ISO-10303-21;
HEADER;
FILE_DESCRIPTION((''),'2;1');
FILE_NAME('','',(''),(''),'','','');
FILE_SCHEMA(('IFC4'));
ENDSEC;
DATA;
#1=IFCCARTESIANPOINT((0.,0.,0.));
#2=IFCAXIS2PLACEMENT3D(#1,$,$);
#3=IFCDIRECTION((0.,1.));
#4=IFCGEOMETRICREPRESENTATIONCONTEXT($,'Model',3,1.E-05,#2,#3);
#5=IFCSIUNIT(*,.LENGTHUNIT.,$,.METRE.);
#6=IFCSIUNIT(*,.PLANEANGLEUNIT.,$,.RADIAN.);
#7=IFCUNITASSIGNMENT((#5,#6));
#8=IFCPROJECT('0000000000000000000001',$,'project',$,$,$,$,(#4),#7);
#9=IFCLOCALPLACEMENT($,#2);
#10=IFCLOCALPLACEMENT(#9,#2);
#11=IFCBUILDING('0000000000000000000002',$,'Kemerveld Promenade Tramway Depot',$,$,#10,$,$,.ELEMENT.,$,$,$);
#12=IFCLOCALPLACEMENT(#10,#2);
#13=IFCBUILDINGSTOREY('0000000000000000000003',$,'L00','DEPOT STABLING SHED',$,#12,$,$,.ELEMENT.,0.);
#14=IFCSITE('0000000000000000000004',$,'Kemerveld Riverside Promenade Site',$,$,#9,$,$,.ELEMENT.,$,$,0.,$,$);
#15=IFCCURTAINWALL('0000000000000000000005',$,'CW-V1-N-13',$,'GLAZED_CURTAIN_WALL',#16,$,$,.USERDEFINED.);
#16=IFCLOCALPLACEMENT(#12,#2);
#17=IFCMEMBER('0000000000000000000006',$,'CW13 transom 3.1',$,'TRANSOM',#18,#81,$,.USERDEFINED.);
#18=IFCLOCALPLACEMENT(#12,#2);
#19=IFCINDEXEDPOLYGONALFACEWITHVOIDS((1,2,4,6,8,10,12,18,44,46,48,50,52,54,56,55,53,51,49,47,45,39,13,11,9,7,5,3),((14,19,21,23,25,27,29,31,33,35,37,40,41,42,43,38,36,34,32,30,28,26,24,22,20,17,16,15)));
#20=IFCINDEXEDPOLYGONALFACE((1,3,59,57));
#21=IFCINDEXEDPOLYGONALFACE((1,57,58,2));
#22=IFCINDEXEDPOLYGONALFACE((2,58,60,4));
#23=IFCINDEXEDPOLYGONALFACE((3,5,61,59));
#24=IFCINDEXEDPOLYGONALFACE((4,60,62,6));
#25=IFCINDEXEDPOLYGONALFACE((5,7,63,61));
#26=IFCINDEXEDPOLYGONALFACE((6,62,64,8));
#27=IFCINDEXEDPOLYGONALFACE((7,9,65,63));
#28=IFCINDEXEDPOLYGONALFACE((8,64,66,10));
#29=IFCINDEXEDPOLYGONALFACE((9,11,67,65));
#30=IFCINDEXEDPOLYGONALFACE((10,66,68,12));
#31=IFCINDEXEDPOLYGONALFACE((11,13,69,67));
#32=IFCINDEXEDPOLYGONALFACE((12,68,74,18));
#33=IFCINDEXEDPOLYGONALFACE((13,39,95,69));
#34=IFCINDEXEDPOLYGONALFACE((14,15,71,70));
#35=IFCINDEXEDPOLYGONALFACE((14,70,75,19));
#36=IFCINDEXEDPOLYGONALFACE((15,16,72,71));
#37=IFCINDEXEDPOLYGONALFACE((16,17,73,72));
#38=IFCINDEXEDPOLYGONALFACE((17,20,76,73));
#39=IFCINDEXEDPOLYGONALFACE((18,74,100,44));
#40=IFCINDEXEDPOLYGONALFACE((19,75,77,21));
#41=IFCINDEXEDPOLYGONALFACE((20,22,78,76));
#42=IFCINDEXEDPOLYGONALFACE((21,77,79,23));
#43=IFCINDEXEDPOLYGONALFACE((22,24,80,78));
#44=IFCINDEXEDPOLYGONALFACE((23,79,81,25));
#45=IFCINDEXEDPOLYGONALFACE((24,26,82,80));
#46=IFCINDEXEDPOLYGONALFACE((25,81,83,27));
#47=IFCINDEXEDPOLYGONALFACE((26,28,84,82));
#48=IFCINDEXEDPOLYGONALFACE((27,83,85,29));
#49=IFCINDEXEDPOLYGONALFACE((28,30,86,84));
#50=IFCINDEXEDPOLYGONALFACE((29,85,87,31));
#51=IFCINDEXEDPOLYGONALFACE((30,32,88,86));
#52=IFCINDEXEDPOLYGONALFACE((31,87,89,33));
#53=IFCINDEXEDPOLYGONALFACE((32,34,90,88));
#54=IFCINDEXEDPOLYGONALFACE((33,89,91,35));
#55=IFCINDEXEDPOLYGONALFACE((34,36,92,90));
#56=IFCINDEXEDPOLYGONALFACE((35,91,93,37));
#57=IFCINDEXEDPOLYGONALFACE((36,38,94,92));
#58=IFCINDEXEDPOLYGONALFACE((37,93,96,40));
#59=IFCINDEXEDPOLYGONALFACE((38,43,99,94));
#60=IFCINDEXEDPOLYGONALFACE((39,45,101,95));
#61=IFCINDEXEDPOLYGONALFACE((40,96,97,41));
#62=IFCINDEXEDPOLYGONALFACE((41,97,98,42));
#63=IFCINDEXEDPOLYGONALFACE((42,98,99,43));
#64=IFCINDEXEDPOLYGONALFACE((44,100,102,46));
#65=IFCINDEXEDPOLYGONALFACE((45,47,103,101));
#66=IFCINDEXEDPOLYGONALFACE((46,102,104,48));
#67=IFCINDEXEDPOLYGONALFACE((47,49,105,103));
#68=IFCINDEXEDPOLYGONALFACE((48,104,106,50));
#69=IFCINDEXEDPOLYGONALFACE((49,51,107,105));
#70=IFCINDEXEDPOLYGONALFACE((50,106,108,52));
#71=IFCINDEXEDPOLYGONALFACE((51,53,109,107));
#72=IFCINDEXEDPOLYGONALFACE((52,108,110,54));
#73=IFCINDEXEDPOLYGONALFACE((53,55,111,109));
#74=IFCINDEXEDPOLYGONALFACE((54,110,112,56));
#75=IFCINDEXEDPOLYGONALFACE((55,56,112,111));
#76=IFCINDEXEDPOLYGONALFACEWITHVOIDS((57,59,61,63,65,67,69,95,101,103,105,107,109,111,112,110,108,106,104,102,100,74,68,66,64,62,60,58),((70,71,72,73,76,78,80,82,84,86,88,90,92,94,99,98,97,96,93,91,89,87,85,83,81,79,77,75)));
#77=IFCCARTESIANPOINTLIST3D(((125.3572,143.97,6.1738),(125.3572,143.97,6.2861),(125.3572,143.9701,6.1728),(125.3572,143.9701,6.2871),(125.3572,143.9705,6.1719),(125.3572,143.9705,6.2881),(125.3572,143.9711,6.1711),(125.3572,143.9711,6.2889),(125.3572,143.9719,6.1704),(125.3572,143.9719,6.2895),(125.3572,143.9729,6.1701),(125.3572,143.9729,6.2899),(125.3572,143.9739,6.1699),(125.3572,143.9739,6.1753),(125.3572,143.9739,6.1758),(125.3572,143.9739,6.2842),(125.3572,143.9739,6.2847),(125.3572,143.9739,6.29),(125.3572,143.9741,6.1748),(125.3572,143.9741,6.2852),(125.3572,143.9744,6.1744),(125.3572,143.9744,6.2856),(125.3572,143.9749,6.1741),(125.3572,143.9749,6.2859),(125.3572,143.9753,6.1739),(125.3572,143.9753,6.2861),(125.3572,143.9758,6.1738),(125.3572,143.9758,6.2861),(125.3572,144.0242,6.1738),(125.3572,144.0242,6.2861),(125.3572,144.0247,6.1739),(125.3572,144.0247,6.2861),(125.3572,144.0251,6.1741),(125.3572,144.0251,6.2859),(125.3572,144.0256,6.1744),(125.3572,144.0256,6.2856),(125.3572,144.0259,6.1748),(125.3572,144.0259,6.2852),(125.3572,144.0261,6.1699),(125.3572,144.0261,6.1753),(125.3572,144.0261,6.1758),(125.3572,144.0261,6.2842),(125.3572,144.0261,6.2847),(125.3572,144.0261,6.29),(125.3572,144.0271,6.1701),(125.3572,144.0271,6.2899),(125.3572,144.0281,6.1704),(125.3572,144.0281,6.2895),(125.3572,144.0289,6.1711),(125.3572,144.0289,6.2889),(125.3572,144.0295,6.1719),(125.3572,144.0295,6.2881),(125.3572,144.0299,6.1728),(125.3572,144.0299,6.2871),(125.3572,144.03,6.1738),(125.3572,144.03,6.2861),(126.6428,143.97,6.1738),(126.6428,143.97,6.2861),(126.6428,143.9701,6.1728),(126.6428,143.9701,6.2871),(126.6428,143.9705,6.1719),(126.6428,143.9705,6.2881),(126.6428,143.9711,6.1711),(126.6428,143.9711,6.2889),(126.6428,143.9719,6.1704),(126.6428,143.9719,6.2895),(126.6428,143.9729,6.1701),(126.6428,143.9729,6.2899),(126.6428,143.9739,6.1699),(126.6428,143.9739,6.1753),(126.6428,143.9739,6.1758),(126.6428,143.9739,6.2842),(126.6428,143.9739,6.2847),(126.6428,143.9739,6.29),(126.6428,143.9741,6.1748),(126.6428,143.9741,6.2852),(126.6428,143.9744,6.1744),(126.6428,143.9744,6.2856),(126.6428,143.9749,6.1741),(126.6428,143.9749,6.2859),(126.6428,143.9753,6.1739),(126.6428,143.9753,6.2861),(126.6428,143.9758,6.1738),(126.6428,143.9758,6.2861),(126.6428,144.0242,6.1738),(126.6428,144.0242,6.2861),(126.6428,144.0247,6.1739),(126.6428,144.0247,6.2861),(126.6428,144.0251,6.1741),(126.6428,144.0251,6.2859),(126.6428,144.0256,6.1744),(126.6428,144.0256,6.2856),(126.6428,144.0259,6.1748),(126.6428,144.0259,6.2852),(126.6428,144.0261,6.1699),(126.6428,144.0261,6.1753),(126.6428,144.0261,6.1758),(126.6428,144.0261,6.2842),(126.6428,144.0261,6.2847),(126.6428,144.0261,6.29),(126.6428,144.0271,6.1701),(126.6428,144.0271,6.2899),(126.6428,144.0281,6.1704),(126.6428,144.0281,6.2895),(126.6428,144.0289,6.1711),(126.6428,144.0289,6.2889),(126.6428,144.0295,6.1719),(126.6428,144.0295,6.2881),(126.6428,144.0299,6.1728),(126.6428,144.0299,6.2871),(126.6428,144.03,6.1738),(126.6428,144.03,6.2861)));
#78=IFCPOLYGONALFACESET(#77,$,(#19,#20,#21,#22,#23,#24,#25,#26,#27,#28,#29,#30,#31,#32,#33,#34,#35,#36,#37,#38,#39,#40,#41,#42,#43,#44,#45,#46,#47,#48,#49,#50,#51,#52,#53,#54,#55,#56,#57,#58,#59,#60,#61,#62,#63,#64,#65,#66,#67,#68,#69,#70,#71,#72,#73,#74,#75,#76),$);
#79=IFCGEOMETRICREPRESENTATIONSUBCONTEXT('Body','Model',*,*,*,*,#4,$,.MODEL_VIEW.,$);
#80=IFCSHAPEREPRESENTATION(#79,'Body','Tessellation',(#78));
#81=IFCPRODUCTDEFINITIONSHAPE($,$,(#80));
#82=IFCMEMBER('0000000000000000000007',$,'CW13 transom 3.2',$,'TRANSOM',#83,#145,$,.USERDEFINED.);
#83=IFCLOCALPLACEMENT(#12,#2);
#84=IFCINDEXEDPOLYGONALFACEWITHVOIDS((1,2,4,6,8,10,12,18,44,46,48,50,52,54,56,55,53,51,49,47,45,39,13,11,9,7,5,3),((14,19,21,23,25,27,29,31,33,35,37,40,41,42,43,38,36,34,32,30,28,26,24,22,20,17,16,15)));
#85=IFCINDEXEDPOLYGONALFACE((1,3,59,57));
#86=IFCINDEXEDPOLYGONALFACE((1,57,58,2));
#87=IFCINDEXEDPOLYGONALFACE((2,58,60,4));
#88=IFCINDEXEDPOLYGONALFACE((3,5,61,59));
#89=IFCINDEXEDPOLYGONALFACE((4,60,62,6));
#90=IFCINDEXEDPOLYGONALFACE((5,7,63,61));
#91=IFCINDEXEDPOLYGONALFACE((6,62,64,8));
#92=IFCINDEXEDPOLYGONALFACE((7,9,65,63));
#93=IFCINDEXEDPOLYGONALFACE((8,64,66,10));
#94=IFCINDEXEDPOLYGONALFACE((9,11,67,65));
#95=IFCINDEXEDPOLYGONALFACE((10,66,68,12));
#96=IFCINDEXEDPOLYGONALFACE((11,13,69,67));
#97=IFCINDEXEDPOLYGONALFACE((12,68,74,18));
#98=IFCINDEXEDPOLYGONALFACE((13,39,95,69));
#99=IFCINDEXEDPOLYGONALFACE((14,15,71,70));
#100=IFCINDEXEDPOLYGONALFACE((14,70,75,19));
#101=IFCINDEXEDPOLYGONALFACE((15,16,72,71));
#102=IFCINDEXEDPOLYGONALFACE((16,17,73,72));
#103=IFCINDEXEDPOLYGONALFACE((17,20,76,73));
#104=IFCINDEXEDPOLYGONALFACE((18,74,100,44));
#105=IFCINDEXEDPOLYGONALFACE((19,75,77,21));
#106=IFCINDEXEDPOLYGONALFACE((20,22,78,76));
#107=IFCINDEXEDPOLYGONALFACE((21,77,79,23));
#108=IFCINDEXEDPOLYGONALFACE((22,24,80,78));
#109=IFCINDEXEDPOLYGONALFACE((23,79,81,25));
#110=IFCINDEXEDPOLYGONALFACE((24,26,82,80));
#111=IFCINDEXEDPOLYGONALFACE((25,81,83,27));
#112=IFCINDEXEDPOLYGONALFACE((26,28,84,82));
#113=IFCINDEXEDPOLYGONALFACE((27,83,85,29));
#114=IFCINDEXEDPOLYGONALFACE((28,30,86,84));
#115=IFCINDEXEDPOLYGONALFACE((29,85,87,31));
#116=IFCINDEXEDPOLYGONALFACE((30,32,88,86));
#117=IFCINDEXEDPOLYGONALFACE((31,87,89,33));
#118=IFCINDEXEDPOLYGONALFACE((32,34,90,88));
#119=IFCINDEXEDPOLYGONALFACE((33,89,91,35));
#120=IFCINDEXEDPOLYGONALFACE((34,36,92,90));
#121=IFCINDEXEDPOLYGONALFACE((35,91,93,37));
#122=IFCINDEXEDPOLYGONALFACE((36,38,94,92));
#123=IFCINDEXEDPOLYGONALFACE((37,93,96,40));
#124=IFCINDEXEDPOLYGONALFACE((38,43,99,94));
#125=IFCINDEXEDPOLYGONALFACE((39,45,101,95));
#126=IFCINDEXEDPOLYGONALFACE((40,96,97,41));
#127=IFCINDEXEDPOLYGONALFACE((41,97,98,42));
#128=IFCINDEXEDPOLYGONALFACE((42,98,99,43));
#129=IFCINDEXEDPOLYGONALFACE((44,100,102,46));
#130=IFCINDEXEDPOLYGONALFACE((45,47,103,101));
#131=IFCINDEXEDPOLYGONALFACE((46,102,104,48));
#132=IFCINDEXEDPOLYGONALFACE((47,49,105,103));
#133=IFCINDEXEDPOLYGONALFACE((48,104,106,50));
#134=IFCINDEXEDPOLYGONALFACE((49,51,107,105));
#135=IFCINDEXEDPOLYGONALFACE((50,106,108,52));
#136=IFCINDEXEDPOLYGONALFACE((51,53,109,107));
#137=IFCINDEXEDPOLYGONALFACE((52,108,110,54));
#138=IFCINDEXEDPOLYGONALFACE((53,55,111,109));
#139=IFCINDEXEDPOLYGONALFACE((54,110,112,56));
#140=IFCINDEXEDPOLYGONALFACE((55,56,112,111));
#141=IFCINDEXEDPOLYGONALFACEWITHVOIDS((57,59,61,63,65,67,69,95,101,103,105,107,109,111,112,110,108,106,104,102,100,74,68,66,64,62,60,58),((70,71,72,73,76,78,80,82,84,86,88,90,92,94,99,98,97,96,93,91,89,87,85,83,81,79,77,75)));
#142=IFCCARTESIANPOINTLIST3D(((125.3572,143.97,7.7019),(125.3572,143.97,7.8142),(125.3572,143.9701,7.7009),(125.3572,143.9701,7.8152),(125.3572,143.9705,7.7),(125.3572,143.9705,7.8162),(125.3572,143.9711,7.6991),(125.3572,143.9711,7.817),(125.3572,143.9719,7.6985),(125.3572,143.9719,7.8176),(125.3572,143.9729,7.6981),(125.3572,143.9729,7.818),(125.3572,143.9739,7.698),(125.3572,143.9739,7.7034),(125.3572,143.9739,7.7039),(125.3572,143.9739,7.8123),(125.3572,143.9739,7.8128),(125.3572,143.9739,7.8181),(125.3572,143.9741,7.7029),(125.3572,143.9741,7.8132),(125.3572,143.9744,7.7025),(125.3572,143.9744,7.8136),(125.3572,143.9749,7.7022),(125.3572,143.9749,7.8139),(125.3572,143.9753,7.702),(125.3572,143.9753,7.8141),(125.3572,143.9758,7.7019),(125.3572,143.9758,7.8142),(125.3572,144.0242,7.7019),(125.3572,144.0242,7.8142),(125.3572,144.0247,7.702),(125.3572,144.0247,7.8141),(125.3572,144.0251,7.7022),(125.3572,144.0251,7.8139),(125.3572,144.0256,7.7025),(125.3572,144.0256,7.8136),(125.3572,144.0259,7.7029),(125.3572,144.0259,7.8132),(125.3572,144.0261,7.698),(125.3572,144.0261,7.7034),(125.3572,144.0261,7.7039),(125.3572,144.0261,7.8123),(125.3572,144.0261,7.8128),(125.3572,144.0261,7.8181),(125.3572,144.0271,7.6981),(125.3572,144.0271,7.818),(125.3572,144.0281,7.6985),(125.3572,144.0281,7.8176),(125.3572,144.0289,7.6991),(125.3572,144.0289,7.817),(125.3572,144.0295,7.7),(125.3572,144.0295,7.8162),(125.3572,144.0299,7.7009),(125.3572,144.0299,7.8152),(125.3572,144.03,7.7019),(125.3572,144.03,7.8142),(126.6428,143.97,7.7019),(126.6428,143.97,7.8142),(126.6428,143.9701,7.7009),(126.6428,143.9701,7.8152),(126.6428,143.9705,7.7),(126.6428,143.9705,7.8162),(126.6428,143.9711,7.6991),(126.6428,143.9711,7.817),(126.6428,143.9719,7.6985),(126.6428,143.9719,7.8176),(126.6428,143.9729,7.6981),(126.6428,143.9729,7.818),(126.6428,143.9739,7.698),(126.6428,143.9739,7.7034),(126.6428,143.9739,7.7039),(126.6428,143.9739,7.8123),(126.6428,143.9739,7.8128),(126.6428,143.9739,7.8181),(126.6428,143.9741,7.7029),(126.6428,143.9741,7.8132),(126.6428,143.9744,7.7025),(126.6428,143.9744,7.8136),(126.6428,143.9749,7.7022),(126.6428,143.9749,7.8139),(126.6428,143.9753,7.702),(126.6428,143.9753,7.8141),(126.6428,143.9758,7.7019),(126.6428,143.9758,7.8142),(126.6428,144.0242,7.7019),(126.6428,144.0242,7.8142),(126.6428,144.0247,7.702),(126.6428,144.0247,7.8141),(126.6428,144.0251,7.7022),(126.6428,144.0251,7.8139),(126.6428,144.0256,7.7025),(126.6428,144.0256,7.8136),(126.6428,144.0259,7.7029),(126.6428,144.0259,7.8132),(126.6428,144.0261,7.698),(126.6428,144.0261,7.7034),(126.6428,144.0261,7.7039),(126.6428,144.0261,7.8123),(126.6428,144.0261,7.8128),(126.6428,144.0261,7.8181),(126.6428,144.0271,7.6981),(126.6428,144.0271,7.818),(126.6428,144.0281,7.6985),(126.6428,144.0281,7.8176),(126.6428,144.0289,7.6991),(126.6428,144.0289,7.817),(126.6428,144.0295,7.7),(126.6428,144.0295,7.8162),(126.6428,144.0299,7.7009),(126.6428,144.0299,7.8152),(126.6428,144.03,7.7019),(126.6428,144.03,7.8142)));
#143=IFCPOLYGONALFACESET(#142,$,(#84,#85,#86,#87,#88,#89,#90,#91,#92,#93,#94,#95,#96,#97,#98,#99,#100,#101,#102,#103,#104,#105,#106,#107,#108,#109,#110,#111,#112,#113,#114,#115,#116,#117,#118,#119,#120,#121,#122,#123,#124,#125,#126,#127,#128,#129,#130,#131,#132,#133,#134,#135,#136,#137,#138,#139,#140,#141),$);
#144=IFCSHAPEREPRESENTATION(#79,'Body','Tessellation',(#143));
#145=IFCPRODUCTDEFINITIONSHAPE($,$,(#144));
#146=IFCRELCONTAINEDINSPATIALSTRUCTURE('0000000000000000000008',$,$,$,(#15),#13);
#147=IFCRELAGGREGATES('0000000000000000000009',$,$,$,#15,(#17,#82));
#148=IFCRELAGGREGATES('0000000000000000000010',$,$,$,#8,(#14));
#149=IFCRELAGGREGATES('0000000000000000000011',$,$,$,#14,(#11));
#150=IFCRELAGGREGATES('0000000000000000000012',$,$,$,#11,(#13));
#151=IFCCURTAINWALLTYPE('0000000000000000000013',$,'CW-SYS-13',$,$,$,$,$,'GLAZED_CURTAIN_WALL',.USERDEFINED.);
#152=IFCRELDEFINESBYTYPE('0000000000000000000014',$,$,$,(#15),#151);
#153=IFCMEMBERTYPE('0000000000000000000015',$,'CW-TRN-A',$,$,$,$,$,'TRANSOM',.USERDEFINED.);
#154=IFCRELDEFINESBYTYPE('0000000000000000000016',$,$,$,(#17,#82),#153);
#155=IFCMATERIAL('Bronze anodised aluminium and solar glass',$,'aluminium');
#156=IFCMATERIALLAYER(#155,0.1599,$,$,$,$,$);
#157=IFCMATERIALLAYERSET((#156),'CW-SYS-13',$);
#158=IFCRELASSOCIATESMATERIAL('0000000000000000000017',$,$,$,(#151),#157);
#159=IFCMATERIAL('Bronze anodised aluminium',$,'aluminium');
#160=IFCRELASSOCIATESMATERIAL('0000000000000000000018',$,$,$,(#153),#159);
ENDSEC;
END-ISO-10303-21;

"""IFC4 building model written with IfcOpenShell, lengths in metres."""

from ifc_helpers import new_model, si_unit, direction, frame, origin, origin_2d, place, context, subcontext, project, spatial, hollow_rectangle, extrude, material, layer, layer_set, material_profile, profile_set, type_object, element, aggregate, save


model = new_model("IFC4")

# Units and contexts
model_context = context("Model", 3, precision=1e-05, world=origin(), true_north=direction((0.0, 1.0)))
body_context = subcontext(model_context, "Body", "Model", "MODEL_VIEW")
ifc_project = project(units=[si_unit("LENGTHUNIT", "METRE"), si_unit("PLANEANGLEUNIT", "RADIAN")], contexts=[model_context])

# Site, building, storey
site_placement = place(None, origin())
site = spatial("IfcSite", under=ifc_project, at=site_placement, Name="Kemerveld Riverside Promenade Site", CompositionType="ELEMENT", RefElevation=0.0)
building_placement = place(site_placement, origin())
building = spatial("IfcBuilding", under=site, at=building_placement, Name="Kemerveld Promenade Tramway Depot", CompositionType="ELEMENT")
storey_placement = place(building_placement, origin())
storey = spatial("IfcBuildingStorey", under=building, at=storey_placement, Name="L00", Description="DEPOT STABLING SHED", CompositionType="ELEMENT", Elevation=0.0)

# Curtain wall, members
ifc_material_1 = material(Name="Bronze anodised aluminium and solar glass", Category="aluminium")
ifc_layer_1 = layer(ifc_material_1, 0.1599)
ifc_layer_set_1 = layer_set([ifc_layer_1], Name="CW-SYS-13")
curtain_wall_type = type_object("IfcCurtainWallType", Name="CW-SYS-13", ElementType="GLAZED_CURTAIN_WALL", PredefinedType="USERDEFINED", material=ifc_layer_set_1)
curtain_wall_placement = place(storey_placement, origin())
curtain_wall = element("IfcCurtainWall", 1, at=curtain_wall_placement, inside=storey, type_object=curtain_wall_type, Name="CW-V1-N-13", ObjectType="GLAZED_CURTAIN_WALL", PredefinedType="USERDEFINED")
ifc_material_2 = material(Name="Bronze anodised aluminium", Category="aluminium")
ifc_material_profile_1 = material_profile(ifc_material_2, hollow_rectangle(XDim=0.0601, YDim=0.1201, WallThickness=0.0039, InnerFilletRadius=0.002, OuterFilletRadius=0.0039, at=origin_2d()), Name="CW-TRN-120x60")
ifc_profile_set_1 = profile_set([ifc_material_profile_1], Name="Bronze anodised aluminium")
member_type_1 = type_object("IfcMemberType", Name="CW-TRN-A", ElementType="TRANSOM", PredefinedType="USERDEFINED", material=ifc_profile_set_1)
member_1_placement = place(storey_placement, frame((125.3572, 144.0, 6.23), z_axis=(1.0, 0.0, 0.0), x_axis=(0.0, 1.0, 0.0)))
member_1 = element("IfcMember", 2, at=member_1_placement, type_object=member_type_1, Name="CW13 transom 3.1", ObjectType="TRANSOM", PredefinedType="USERDEFINED", context=body_context, shape_type="SweptSolid", body=[
    extrude(hollow_rectangle(XDim=0.0601, YDim=0.1201, WallThickness=0.0039, InnerFilletRadius=0.002, OuterFilletRadius=0.0039, at=origin_2d()), origin(), (0.0, 0.0, 1.0), 1.2856),
])
member_2_placement = place(storey_placement, frame((125.3572, 144.0, 7.7581), z_axis=(1.0, 0.0, 0.0), x_axis=(0.0, 1.0, 0.0)))
member_2 = element("IfcMember", 3, at=member_2_placement, type_object=member_type_1, Name="CW13 transom 3.2", ObjectType="TRANSOM", PredefinedType="USERDEFINED", context=body_context, shape_type="SweptSolid", body=[
    extrude(hollow_rectangle(XDim=0.0601, YDim=0.1201, WallThickness=0.0039, InnerFilletRadius=0.002, OuterFilletRadius=0.0039, at=origin_2d()), origin(), (0.0, 0.0, 1.0), 1.2856),
])
aggregate(curtain_wall, [member_1, member_2])

save(model, "model.ifc")
